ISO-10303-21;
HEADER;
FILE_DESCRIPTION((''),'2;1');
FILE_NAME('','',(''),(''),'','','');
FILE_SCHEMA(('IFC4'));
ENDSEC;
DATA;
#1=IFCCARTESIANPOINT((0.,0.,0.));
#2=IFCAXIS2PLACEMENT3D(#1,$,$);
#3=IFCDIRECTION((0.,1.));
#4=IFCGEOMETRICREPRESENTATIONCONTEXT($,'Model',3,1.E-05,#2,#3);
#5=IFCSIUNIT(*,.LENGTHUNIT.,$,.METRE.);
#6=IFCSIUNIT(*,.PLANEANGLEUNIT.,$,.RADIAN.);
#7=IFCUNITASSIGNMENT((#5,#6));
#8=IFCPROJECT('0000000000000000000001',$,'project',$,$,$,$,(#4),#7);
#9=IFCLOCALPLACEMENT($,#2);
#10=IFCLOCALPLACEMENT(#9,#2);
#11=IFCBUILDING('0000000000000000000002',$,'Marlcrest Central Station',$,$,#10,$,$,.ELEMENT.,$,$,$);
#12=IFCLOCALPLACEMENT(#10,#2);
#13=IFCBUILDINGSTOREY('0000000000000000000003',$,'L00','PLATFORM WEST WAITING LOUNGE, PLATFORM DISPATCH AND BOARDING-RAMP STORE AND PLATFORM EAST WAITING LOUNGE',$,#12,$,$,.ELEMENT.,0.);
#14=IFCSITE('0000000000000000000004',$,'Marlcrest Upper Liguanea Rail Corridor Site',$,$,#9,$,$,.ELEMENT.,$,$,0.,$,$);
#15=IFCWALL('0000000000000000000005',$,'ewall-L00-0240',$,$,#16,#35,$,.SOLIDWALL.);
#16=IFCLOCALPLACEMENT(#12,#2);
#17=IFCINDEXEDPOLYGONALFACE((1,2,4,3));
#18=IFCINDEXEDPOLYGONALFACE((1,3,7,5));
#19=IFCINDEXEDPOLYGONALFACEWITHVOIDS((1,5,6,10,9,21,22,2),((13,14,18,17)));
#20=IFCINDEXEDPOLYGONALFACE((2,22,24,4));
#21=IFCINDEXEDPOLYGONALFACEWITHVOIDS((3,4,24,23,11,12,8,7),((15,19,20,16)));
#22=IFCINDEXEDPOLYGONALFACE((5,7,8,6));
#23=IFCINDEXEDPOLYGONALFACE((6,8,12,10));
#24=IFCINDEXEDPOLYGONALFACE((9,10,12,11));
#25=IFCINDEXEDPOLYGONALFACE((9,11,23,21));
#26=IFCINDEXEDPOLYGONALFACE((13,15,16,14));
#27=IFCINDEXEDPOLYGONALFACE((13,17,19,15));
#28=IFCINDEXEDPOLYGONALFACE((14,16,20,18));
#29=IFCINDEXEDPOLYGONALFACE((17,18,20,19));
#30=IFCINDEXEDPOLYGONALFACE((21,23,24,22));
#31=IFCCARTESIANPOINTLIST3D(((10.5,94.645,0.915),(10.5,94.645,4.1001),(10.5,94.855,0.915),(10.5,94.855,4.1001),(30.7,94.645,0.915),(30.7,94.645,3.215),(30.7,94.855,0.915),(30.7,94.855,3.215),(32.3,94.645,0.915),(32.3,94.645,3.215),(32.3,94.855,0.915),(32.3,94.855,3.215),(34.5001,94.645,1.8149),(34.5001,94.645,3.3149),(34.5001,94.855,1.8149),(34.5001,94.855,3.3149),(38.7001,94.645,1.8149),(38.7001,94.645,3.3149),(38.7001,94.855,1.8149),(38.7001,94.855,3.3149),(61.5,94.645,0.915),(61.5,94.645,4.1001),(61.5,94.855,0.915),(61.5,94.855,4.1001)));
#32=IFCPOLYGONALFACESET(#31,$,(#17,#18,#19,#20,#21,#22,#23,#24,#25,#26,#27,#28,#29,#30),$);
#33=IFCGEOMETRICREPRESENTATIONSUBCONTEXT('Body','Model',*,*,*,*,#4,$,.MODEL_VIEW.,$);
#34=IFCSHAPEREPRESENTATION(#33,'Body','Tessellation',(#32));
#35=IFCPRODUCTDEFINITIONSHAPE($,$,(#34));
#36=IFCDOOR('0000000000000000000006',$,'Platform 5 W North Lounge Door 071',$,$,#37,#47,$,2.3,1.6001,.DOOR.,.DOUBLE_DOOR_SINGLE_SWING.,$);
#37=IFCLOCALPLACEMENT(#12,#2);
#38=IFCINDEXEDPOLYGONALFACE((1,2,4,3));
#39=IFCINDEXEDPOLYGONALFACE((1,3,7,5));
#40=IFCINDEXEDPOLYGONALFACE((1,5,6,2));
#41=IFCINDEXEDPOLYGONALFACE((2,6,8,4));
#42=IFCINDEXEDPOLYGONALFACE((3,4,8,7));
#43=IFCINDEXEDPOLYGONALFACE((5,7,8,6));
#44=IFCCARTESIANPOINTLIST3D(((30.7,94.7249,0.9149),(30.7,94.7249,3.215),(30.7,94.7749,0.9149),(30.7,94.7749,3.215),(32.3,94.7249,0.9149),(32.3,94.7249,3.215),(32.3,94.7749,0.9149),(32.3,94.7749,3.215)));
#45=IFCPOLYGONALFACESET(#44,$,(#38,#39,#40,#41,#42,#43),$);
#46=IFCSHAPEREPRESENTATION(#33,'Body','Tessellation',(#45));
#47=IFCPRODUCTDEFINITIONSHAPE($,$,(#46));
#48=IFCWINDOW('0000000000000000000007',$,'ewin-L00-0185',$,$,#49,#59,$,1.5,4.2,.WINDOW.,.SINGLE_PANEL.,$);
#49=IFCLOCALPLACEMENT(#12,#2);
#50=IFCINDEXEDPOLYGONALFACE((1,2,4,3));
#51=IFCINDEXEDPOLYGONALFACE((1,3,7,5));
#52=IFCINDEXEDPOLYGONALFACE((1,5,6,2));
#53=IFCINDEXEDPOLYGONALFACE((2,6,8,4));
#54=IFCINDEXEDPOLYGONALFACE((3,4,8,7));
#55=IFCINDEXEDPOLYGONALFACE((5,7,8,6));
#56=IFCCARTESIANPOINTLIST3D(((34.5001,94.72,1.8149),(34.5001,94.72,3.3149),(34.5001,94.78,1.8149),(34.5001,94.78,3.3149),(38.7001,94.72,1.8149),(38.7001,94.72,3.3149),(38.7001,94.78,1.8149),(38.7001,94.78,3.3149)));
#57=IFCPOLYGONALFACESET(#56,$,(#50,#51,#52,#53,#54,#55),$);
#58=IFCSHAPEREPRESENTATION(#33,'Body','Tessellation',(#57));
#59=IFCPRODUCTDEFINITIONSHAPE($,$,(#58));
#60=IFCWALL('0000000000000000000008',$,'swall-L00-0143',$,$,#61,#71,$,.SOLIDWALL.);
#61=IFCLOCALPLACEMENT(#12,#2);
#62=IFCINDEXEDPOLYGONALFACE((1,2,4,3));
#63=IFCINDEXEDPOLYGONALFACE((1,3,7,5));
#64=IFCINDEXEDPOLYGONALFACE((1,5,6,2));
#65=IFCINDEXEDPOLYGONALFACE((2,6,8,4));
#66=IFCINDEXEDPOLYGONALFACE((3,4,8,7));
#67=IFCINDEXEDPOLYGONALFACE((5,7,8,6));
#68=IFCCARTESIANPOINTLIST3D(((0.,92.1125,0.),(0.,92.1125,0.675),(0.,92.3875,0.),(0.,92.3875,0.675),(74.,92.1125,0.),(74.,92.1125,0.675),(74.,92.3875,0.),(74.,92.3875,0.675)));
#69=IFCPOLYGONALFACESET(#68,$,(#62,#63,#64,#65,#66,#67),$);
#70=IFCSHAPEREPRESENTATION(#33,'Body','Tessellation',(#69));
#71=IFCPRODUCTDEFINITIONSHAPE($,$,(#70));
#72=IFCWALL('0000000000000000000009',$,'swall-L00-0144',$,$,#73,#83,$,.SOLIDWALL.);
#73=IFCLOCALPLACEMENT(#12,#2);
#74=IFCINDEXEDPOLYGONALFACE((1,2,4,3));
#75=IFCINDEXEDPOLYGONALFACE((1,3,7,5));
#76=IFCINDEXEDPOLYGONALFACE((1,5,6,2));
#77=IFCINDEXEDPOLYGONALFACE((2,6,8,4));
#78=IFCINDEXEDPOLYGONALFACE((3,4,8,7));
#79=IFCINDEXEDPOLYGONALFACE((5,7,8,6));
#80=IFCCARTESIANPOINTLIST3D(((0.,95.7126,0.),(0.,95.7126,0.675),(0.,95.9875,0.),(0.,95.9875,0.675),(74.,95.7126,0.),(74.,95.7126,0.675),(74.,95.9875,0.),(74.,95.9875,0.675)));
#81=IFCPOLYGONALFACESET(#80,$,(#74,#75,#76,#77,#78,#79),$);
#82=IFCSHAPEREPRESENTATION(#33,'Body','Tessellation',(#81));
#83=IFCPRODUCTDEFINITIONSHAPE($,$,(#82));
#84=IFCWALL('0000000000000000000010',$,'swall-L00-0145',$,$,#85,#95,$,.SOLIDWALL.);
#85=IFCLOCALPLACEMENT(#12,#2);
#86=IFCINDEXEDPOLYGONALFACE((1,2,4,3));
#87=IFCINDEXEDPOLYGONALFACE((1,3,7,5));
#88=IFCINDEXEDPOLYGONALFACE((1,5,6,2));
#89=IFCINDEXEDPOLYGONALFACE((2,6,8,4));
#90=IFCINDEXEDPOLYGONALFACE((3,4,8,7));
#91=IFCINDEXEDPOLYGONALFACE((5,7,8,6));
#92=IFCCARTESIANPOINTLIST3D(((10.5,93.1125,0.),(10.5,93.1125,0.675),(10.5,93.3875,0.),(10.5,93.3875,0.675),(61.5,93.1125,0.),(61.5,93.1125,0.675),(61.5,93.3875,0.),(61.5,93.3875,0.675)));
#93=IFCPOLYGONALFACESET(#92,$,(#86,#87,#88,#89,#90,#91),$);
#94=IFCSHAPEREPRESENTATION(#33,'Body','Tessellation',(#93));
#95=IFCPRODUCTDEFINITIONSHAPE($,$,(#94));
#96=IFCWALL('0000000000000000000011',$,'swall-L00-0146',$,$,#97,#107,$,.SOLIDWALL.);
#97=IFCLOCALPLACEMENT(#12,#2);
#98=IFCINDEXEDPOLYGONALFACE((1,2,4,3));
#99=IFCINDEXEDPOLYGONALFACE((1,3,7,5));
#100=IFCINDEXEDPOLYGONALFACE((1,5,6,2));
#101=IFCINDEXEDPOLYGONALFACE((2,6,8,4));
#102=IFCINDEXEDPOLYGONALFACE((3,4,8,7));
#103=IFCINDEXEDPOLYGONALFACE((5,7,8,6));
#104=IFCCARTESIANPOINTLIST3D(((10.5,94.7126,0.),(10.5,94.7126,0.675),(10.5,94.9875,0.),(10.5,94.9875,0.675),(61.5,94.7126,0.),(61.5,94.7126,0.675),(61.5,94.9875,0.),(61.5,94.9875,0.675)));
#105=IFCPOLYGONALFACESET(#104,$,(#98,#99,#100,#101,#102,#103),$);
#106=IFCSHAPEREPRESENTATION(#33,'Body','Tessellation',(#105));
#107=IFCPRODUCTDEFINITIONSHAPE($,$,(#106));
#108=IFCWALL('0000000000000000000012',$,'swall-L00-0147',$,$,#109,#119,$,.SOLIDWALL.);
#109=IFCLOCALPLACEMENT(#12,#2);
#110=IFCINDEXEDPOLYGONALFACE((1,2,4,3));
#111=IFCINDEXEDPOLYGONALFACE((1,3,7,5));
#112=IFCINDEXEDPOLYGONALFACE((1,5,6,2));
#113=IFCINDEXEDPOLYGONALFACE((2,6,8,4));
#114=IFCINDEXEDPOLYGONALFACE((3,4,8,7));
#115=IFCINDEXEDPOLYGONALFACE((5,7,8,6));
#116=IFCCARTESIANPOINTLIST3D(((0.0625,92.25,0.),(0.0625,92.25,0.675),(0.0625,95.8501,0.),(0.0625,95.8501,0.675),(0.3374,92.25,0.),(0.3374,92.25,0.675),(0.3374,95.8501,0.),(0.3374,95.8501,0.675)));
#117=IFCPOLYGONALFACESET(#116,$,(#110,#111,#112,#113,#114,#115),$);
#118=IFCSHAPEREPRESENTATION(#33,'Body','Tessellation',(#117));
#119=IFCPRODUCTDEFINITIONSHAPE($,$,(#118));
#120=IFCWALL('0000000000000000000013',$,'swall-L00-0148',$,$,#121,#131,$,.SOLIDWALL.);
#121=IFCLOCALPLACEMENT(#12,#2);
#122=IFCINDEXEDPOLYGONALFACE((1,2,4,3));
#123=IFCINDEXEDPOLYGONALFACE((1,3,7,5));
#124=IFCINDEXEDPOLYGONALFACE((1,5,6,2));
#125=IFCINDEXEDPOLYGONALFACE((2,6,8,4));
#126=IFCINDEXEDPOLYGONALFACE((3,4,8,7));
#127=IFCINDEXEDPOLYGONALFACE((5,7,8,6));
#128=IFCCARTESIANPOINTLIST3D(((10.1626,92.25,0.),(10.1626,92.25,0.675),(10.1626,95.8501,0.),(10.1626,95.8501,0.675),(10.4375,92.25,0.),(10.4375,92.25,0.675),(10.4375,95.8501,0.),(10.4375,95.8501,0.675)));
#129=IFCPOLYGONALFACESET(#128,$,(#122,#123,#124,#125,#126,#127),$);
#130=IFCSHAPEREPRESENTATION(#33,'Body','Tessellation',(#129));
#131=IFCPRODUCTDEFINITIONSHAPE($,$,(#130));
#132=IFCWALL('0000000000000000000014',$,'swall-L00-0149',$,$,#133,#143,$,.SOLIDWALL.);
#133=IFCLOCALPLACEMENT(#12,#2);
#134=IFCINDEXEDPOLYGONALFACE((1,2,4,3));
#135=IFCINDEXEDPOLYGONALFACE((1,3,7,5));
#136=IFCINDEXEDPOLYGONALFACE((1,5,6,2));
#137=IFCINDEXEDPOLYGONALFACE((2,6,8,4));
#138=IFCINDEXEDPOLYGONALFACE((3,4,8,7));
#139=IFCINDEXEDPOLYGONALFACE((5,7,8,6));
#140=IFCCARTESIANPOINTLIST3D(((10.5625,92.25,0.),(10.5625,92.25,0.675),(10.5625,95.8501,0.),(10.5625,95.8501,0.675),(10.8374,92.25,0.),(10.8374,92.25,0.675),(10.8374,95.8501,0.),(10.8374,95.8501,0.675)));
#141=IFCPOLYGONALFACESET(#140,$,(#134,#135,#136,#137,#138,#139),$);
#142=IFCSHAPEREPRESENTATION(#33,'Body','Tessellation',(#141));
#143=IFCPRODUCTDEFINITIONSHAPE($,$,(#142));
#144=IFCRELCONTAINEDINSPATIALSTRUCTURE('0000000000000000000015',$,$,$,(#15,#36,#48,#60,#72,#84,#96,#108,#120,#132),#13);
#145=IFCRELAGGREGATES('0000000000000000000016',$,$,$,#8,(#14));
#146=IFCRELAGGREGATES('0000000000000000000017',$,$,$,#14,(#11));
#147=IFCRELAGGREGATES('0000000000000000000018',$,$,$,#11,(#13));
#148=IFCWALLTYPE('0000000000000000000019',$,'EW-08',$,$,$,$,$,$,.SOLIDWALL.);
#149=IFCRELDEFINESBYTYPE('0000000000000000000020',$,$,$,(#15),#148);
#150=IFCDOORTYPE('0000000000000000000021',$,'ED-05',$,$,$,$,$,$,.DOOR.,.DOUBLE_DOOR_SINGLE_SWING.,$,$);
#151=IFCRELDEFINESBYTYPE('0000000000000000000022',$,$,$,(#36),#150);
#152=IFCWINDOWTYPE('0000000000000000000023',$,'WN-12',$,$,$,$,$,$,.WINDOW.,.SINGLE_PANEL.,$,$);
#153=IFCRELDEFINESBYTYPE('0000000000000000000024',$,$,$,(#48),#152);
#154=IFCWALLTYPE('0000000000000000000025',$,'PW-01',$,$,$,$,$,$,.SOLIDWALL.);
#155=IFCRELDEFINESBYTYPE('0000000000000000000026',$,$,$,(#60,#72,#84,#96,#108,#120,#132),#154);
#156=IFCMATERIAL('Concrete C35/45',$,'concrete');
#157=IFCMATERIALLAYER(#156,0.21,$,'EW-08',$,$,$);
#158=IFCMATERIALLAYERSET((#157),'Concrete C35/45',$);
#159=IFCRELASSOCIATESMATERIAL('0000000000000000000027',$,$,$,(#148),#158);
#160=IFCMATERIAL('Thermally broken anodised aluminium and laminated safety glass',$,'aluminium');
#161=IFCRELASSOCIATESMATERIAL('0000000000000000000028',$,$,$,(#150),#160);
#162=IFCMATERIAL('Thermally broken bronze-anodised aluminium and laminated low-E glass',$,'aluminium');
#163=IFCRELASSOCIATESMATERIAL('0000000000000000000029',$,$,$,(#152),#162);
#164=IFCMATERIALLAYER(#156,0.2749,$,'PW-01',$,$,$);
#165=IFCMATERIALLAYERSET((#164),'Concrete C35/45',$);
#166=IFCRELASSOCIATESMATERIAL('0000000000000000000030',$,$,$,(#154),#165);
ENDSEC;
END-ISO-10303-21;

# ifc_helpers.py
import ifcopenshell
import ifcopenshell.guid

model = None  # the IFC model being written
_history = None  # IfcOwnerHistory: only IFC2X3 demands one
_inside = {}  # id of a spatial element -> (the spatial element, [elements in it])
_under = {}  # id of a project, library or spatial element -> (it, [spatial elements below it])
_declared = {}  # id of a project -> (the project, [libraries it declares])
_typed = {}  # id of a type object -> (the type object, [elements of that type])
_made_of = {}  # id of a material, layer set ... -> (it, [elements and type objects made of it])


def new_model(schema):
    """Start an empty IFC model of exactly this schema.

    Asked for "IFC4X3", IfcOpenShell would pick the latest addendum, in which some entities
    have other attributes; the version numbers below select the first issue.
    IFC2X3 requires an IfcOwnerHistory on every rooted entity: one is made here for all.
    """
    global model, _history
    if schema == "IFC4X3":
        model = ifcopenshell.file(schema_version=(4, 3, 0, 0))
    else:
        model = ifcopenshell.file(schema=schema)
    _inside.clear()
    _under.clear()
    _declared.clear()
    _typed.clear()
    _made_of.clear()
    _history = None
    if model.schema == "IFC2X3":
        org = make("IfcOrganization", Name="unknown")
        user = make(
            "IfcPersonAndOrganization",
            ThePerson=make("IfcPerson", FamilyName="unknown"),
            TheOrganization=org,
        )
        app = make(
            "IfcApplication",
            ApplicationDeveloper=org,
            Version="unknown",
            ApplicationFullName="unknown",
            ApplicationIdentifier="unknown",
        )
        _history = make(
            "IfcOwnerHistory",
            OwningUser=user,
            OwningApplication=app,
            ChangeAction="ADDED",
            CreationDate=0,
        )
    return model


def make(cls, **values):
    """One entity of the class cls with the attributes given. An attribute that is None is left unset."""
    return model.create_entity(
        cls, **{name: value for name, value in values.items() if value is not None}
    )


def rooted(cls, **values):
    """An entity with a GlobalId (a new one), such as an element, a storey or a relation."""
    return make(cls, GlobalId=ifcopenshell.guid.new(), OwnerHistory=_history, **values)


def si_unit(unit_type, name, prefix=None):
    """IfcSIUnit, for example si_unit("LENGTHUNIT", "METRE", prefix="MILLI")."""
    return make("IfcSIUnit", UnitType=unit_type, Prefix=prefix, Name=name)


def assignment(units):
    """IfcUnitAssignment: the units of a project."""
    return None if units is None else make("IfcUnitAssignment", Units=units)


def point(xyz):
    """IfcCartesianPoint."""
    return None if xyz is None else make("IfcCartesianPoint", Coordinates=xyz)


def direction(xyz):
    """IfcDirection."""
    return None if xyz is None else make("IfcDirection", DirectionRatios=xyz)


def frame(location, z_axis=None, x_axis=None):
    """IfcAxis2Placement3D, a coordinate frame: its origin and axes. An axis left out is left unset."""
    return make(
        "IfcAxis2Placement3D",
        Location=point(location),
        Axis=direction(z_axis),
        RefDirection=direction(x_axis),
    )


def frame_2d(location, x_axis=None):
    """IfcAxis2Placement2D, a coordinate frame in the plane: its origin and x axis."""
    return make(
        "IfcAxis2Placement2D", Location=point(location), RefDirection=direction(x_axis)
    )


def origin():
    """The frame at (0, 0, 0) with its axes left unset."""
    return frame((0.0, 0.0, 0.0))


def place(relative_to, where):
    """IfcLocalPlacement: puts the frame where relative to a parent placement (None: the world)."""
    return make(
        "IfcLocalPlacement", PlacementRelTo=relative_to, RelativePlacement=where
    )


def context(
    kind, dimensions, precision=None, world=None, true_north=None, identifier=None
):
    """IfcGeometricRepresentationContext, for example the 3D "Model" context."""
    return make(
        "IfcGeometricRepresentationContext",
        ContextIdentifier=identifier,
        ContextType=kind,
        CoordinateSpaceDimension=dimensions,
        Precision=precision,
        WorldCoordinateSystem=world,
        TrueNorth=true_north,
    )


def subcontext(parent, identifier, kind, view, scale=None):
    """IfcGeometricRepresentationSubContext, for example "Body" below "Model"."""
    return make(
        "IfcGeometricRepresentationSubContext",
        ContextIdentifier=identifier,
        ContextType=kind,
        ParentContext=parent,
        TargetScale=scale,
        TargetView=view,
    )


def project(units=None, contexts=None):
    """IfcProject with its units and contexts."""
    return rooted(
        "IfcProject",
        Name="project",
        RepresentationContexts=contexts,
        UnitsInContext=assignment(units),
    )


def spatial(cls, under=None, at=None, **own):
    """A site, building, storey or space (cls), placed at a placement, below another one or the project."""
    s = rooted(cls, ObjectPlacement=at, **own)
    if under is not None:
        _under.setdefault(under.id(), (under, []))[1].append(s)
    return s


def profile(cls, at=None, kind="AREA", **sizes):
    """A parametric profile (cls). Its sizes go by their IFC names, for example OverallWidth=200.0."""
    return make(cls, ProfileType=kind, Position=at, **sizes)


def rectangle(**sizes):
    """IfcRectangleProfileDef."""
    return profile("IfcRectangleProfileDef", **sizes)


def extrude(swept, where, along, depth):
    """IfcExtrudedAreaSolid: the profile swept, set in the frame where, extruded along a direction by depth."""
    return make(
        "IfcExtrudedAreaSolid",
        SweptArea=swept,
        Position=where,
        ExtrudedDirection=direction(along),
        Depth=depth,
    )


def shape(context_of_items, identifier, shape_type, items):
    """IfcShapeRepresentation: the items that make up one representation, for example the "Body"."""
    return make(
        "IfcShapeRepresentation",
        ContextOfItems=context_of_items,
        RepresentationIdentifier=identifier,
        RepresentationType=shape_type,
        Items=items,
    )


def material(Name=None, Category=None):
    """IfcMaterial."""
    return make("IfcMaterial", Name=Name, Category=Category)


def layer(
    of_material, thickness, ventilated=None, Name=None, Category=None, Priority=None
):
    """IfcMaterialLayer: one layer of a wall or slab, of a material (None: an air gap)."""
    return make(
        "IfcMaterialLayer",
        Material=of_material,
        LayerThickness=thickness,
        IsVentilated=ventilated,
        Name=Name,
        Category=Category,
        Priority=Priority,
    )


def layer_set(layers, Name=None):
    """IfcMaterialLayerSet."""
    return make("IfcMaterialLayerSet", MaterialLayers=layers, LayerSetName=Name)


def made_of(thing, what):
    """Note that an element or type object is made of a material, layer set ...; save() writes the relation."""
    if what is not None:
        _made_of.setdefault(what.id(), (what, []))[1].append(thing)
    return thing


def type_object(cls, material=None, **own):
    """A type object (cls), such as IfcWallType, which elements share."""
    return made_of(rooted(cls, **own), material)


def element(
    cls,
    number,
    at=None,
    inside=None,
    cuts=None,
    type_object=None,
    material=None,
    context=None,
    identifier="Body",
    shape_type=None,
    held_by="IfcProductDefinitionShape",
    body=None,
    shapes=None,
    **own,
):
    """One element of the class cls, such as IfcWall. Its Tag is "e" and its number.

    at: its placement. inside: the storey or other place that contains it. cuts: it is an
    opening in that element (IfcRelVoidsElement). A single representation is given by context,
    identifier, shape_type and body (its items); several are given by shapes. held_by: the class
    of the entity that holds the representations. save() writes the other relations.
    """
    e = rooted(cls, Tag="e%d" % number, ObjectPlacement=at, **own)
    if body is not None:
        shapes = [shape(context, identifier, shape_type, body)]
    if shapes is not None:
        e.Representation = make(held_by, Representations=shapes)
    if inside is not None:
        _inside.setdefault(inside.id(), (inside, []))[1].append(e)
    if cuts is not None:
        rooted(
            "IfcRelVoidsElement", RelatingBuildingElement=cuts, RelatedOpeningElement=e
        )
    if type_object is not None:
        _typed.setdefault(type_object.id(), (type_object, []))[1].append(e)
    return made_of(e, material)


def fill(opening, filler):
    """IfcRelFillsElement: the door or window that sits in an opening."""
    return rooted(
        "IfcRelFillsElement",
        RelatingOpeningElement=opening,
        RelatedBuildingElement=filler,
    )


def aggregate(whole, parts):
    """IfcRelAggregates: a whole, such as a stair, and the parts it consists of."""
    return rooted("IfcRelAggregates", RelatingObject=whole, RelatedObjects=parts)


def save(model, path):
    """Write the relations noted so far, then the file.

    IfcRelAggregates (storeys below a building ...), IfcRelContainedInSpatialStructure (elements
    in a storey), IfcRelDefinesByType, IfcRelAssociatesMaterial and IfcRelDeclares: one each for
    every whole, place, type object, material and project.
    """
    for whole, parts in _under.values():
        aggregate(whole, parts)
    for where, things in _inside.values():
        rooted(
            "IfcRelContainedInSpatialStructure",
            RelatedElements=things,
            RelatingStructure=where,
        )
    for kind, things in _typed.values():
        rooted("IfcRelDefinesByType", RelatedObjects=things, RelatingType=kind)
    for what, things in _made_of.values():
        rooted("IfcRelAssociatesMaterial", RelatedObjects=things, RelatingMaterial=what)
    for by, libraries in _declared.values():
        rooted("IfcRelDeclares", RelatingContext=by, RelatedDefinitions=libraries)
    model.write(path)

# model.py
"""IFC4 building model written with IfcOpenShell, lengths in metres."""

from ifc_helpers import new_model, si_unit, direction, frame, frame_2d, origin, place, context, subcontext, project, spatial, rectangle, extrude, material, layer, layer_set, type_object, element, fill, save


model = new_model("IFC4")

# Units and contexts
model_context = context("Model", 3, precision=1e-05, world=origin(), true_north=direction((0.0, 1.0)))
body_context = subcontext(model_context, "Body", "Model", "MODEL_VIEW")
ifc_project = project(units=[si_unit("LENGTHUNIT", "METRE"), si_unit("PLANEANGLEUNIT", "RADIAN")], contexts=[model_context])

# Site, building, storey
site_placement = place(None, origin())
site = spatial("IfcSite", under=ifc_project, at=site_placement, Name="Marlcrest Upper Liguanea Rail Corridor Site", CompositionType="ELEMENT", RefElevation=0.0)
building_placement = place(site_placement, origin())
building = spatial("IfcBuilding", under=site, at=building_placement, Name="Marlcrest Central Station", CompositionType="ELEMENT")
storey_placement = place(building_placement, origin())
storey = spatial("IfcBuildingStorey", under=building, at=storey_placement, Name="L00", Description="PLATFORM WEST WAITING LOUNGE, PLATFORM DISPATCH AND BOARDING-RAMP STORE AND PLATFORM EAST WAITING LOUNGE", CompositionType="ELEMENT", Elevation=0.0)

# Shared definitions
ifc_material_1 = material(Name="Concrete C35/45", Category="concrete")

# Wall, openings, door, window
ifc_layer_1 = layer(ifc_material_1, 0.21, Name="EW-08")
ifc_layer_set_1 = layer_set([ifc_layer_1], Name="Concrete C35/45")
wall_type_1 = type_object("IfcWallType", Name="EW-08", PredefinedType="SOLIDWALL", material=ifc_layer_set_1)
wall_placement = place(storey_placement, frame((10.5, 94.75, 0.915), z_axis=(0.0, 0.0, 1.0), x_axis=(1.0, 0.0, 0.0)))
wall = element("IfcWall", 1, at=wall_placement, inside=storey, type_object=wall_type_1, Name="ewall-L00-0240", PredefinedType="SOLIDWALL", context=body_context, shape_type="SweptSolid", body=[
    extrude(rectangle(XDim=51.0, YDim=0.21, at=frame_2d((25.5, 0.0))), origin(), (0.0, 0.0, 1.0), 3.1851),
])
opening_1_placement = place(wall_placement, frame((20.2, 0.0, 0.0)))
opening_1 = element("IfcOpeningElement", 2, at=opening_1_placement, cuts=wall, PredefinedType="OPENING", context=body_context, shape_type="SweptSolid", body=[
    extrude(rectangle(XDim=1.6001, YDim=2.3, at=frame_2d((0.8, 1.1499))), frame((0.0, 0.115, 0.0), z_axis=(0.0, -1.0, 0.0), x_axis=(1.0, 0.0, 0.0)), (0.0, 0.0, 1.0), 0.23),
])
opening_2_placement = place(wall_placement, frame((24.0, 0.0, 0.8999)))
opening_2 = element("IfcOpeningElement", 3, at=opening_2_placement, cuts=wall, PredefinedType="OPENING", context=body_context, shape_type="SweptSolid", body=[
    extrude(rectangle(XDim=4.2, YDim=1.5, at=frame_2d((2.1001, 0.75))), frame((0.0, 0.115, 0.0), z_axis=(0.0, -1.0, 0.0), x_axis=(1.0, 0.0, 0.0)), (0.0, 0.0, 1.0), 0.23),
])
ifc_material_2 = material(Name="Thermally broken anodised aluminium and laminated safety glass", Category="aluminium")
door_type = type_object("IfcDoorType", Name="ED-05", OperationType="DOUBLE_DOOR_SINGLE_SWING", PredefinedType="DOOR", material=ifc_material_2)
door_placement = place(opening_1_placement, origin())
door = element("IfcDoor", 4, at=door_placement, inside=storey, type_object=door_type, Name="Platform 5 W North Lounge Door 071", OperationType="DOUBLE_DOOR_SINGLE_SWING", OverallHeight=2.3, OverallWidth=1.6001, PredefinedType="DOOR", context=body_context, shape_type="SweptSolid", body=[
    extrude(rectangle(XDim=1.6001, YDim=2.3, at=frame_2d((0.8, 1.1499))), frame((0.0, 0.0249, 0.0), z_axis=(0.0, -1.0, 0.0), x_axis=(1.0, 0.0, 0.0)), (0.0, 0.0, 1.0), 0.05),
])
fill(opening_1, door)
ifc_material_3 = material(Name="Thermally broken bronze-anodised aluminium and laminated low-E glass", Category="aluminium")
window_type = type_object("IfcWindowType", Name="WN-12", PartitioningType="SINGLE_PANEL", PredefinedType="WINDOW", material=ifc_material_3)
window_placement = place(opening_2_placement, origin())
window = element("IfcWindow", 5, at=window_placement, inside=storey, type_object=window_type, Name="ewin-L00-0185", OverallHeight=1.5, OverallWidth=4.2, PartitioningType="SINGLE_PANEL", PredefinedType="WINDOW", context=body_context, shape_type="SweptSolid", body=[
    extrude(rectangle(XDim=4.2, YDim=1.5, at=frame_2d((2.1001, 0.75))), frame((0.0, 0.03, 0.0), z_axis=(0.0, -1.0, 0.0), x_axis=(1.0, 0.0, 0.0)), (0.0, 0.0, 1.0), 0.0601),
])
fill(opening_2, window)

# Walls
ifc_layer_2 = layer(ifc_material_1, 0.2749, Name="PW-01")
ifc_layer_set_2 = layer_set([ifc_layer_2], Name="Concrete C35/45")
wall_type_2 = type_object("IfcWallType", Name="PW-01", PredefinedType="SOLIDWALL", material=ifc_layer_set_2)
for number, where, z_axis, x_axis, name in (
    (6, (0.0, 92.25, 0.0), (0.0, 0.0, 1.0), (1.0, 0.0, 0.0), "swall-L00-0143"),
    (7, (0.0, 95.8501, 0.0), (0.0, 0.0, 1.0), (1.0, 0.0, 0.0), "swall-L00-0144"),
):
    element("IfcWall", number, at=place(storey_placement, frame(where, z_axis=z_axis, x_axis=x_axis)), inside=storey, type_object=wall_type_2, Name=name, PredefinedType="SOLIDWALL", context=body_context, shape_type="SweptSolid", body=[
        extrude(rectangle(XDim=74.0, YDim=0.2749, at=frame_2d((37.0, 0.0))), origin(), (0.0, 0.0, 1.0), 0.675),
    ])
for number, where, z_axis, x_axis, name in (
    (8, (10.5, 93.25, 0.0), (0.0, 0.0, 1.0), (1.0, 0.0, 0.0), "swall-L00-0145"),
    (9, (10.5, 94.8501, 0.0), (0.0, 0.0, 1.0), (1.0, 0.0, 0.0), "swall-L00-0146"),
):
    element("IfcWall", number, at=place(storey_placement, frame(where, z_axis=z_axis, x_axis=x_axis)), inside=storey, type_object=wall_type_2, Name=name, PredefinedType="SOLIDWALL", context=body_context, shape_type="SweptSolid", body=[
        extrude(rectangle(XDim=51.0, YDim=0.2749, at=frame_2d((25.5, 0.0))), origin(), (0.0, 0.0, 1.0), 0.675),
    ])
for number, where, z_axis, x_axis, name in (
    (10, (0.2, 92.25, 0.0), (0.0, 0.0, 1.0), (0.0, 1.0, 0.0), "swall-L00-0147"),
    (11, (10.3, 92.25, 0.0), (0.0, 0.0, 1.0), (0.0, 1.0, 0.0), "swall-L00-0148"),
    (12, (10.7, 92.25, 0.0), (0.0, 0.0, 1.0), (0.0, 1.0, 0.0), "swall-L00-0149"),
):
    element("IfcWall", number, at=place(storey_placement, frame(where, z_axis=z_axis, x_axis=x_axis)), inside=storey, type_object=wall_type_2, Name=name, PredefinedType="SOLIDWALL", context=body_context, shape_type="SweptSolid", body=[
        extrude(rectangle(XDim=3.6001, YDim=0.2749, at=frame_2d((1.8, 0.0))), origin(), (0.0, 0.0, 1.0), 0.675),
    ])

save(model, "model.ifc")
